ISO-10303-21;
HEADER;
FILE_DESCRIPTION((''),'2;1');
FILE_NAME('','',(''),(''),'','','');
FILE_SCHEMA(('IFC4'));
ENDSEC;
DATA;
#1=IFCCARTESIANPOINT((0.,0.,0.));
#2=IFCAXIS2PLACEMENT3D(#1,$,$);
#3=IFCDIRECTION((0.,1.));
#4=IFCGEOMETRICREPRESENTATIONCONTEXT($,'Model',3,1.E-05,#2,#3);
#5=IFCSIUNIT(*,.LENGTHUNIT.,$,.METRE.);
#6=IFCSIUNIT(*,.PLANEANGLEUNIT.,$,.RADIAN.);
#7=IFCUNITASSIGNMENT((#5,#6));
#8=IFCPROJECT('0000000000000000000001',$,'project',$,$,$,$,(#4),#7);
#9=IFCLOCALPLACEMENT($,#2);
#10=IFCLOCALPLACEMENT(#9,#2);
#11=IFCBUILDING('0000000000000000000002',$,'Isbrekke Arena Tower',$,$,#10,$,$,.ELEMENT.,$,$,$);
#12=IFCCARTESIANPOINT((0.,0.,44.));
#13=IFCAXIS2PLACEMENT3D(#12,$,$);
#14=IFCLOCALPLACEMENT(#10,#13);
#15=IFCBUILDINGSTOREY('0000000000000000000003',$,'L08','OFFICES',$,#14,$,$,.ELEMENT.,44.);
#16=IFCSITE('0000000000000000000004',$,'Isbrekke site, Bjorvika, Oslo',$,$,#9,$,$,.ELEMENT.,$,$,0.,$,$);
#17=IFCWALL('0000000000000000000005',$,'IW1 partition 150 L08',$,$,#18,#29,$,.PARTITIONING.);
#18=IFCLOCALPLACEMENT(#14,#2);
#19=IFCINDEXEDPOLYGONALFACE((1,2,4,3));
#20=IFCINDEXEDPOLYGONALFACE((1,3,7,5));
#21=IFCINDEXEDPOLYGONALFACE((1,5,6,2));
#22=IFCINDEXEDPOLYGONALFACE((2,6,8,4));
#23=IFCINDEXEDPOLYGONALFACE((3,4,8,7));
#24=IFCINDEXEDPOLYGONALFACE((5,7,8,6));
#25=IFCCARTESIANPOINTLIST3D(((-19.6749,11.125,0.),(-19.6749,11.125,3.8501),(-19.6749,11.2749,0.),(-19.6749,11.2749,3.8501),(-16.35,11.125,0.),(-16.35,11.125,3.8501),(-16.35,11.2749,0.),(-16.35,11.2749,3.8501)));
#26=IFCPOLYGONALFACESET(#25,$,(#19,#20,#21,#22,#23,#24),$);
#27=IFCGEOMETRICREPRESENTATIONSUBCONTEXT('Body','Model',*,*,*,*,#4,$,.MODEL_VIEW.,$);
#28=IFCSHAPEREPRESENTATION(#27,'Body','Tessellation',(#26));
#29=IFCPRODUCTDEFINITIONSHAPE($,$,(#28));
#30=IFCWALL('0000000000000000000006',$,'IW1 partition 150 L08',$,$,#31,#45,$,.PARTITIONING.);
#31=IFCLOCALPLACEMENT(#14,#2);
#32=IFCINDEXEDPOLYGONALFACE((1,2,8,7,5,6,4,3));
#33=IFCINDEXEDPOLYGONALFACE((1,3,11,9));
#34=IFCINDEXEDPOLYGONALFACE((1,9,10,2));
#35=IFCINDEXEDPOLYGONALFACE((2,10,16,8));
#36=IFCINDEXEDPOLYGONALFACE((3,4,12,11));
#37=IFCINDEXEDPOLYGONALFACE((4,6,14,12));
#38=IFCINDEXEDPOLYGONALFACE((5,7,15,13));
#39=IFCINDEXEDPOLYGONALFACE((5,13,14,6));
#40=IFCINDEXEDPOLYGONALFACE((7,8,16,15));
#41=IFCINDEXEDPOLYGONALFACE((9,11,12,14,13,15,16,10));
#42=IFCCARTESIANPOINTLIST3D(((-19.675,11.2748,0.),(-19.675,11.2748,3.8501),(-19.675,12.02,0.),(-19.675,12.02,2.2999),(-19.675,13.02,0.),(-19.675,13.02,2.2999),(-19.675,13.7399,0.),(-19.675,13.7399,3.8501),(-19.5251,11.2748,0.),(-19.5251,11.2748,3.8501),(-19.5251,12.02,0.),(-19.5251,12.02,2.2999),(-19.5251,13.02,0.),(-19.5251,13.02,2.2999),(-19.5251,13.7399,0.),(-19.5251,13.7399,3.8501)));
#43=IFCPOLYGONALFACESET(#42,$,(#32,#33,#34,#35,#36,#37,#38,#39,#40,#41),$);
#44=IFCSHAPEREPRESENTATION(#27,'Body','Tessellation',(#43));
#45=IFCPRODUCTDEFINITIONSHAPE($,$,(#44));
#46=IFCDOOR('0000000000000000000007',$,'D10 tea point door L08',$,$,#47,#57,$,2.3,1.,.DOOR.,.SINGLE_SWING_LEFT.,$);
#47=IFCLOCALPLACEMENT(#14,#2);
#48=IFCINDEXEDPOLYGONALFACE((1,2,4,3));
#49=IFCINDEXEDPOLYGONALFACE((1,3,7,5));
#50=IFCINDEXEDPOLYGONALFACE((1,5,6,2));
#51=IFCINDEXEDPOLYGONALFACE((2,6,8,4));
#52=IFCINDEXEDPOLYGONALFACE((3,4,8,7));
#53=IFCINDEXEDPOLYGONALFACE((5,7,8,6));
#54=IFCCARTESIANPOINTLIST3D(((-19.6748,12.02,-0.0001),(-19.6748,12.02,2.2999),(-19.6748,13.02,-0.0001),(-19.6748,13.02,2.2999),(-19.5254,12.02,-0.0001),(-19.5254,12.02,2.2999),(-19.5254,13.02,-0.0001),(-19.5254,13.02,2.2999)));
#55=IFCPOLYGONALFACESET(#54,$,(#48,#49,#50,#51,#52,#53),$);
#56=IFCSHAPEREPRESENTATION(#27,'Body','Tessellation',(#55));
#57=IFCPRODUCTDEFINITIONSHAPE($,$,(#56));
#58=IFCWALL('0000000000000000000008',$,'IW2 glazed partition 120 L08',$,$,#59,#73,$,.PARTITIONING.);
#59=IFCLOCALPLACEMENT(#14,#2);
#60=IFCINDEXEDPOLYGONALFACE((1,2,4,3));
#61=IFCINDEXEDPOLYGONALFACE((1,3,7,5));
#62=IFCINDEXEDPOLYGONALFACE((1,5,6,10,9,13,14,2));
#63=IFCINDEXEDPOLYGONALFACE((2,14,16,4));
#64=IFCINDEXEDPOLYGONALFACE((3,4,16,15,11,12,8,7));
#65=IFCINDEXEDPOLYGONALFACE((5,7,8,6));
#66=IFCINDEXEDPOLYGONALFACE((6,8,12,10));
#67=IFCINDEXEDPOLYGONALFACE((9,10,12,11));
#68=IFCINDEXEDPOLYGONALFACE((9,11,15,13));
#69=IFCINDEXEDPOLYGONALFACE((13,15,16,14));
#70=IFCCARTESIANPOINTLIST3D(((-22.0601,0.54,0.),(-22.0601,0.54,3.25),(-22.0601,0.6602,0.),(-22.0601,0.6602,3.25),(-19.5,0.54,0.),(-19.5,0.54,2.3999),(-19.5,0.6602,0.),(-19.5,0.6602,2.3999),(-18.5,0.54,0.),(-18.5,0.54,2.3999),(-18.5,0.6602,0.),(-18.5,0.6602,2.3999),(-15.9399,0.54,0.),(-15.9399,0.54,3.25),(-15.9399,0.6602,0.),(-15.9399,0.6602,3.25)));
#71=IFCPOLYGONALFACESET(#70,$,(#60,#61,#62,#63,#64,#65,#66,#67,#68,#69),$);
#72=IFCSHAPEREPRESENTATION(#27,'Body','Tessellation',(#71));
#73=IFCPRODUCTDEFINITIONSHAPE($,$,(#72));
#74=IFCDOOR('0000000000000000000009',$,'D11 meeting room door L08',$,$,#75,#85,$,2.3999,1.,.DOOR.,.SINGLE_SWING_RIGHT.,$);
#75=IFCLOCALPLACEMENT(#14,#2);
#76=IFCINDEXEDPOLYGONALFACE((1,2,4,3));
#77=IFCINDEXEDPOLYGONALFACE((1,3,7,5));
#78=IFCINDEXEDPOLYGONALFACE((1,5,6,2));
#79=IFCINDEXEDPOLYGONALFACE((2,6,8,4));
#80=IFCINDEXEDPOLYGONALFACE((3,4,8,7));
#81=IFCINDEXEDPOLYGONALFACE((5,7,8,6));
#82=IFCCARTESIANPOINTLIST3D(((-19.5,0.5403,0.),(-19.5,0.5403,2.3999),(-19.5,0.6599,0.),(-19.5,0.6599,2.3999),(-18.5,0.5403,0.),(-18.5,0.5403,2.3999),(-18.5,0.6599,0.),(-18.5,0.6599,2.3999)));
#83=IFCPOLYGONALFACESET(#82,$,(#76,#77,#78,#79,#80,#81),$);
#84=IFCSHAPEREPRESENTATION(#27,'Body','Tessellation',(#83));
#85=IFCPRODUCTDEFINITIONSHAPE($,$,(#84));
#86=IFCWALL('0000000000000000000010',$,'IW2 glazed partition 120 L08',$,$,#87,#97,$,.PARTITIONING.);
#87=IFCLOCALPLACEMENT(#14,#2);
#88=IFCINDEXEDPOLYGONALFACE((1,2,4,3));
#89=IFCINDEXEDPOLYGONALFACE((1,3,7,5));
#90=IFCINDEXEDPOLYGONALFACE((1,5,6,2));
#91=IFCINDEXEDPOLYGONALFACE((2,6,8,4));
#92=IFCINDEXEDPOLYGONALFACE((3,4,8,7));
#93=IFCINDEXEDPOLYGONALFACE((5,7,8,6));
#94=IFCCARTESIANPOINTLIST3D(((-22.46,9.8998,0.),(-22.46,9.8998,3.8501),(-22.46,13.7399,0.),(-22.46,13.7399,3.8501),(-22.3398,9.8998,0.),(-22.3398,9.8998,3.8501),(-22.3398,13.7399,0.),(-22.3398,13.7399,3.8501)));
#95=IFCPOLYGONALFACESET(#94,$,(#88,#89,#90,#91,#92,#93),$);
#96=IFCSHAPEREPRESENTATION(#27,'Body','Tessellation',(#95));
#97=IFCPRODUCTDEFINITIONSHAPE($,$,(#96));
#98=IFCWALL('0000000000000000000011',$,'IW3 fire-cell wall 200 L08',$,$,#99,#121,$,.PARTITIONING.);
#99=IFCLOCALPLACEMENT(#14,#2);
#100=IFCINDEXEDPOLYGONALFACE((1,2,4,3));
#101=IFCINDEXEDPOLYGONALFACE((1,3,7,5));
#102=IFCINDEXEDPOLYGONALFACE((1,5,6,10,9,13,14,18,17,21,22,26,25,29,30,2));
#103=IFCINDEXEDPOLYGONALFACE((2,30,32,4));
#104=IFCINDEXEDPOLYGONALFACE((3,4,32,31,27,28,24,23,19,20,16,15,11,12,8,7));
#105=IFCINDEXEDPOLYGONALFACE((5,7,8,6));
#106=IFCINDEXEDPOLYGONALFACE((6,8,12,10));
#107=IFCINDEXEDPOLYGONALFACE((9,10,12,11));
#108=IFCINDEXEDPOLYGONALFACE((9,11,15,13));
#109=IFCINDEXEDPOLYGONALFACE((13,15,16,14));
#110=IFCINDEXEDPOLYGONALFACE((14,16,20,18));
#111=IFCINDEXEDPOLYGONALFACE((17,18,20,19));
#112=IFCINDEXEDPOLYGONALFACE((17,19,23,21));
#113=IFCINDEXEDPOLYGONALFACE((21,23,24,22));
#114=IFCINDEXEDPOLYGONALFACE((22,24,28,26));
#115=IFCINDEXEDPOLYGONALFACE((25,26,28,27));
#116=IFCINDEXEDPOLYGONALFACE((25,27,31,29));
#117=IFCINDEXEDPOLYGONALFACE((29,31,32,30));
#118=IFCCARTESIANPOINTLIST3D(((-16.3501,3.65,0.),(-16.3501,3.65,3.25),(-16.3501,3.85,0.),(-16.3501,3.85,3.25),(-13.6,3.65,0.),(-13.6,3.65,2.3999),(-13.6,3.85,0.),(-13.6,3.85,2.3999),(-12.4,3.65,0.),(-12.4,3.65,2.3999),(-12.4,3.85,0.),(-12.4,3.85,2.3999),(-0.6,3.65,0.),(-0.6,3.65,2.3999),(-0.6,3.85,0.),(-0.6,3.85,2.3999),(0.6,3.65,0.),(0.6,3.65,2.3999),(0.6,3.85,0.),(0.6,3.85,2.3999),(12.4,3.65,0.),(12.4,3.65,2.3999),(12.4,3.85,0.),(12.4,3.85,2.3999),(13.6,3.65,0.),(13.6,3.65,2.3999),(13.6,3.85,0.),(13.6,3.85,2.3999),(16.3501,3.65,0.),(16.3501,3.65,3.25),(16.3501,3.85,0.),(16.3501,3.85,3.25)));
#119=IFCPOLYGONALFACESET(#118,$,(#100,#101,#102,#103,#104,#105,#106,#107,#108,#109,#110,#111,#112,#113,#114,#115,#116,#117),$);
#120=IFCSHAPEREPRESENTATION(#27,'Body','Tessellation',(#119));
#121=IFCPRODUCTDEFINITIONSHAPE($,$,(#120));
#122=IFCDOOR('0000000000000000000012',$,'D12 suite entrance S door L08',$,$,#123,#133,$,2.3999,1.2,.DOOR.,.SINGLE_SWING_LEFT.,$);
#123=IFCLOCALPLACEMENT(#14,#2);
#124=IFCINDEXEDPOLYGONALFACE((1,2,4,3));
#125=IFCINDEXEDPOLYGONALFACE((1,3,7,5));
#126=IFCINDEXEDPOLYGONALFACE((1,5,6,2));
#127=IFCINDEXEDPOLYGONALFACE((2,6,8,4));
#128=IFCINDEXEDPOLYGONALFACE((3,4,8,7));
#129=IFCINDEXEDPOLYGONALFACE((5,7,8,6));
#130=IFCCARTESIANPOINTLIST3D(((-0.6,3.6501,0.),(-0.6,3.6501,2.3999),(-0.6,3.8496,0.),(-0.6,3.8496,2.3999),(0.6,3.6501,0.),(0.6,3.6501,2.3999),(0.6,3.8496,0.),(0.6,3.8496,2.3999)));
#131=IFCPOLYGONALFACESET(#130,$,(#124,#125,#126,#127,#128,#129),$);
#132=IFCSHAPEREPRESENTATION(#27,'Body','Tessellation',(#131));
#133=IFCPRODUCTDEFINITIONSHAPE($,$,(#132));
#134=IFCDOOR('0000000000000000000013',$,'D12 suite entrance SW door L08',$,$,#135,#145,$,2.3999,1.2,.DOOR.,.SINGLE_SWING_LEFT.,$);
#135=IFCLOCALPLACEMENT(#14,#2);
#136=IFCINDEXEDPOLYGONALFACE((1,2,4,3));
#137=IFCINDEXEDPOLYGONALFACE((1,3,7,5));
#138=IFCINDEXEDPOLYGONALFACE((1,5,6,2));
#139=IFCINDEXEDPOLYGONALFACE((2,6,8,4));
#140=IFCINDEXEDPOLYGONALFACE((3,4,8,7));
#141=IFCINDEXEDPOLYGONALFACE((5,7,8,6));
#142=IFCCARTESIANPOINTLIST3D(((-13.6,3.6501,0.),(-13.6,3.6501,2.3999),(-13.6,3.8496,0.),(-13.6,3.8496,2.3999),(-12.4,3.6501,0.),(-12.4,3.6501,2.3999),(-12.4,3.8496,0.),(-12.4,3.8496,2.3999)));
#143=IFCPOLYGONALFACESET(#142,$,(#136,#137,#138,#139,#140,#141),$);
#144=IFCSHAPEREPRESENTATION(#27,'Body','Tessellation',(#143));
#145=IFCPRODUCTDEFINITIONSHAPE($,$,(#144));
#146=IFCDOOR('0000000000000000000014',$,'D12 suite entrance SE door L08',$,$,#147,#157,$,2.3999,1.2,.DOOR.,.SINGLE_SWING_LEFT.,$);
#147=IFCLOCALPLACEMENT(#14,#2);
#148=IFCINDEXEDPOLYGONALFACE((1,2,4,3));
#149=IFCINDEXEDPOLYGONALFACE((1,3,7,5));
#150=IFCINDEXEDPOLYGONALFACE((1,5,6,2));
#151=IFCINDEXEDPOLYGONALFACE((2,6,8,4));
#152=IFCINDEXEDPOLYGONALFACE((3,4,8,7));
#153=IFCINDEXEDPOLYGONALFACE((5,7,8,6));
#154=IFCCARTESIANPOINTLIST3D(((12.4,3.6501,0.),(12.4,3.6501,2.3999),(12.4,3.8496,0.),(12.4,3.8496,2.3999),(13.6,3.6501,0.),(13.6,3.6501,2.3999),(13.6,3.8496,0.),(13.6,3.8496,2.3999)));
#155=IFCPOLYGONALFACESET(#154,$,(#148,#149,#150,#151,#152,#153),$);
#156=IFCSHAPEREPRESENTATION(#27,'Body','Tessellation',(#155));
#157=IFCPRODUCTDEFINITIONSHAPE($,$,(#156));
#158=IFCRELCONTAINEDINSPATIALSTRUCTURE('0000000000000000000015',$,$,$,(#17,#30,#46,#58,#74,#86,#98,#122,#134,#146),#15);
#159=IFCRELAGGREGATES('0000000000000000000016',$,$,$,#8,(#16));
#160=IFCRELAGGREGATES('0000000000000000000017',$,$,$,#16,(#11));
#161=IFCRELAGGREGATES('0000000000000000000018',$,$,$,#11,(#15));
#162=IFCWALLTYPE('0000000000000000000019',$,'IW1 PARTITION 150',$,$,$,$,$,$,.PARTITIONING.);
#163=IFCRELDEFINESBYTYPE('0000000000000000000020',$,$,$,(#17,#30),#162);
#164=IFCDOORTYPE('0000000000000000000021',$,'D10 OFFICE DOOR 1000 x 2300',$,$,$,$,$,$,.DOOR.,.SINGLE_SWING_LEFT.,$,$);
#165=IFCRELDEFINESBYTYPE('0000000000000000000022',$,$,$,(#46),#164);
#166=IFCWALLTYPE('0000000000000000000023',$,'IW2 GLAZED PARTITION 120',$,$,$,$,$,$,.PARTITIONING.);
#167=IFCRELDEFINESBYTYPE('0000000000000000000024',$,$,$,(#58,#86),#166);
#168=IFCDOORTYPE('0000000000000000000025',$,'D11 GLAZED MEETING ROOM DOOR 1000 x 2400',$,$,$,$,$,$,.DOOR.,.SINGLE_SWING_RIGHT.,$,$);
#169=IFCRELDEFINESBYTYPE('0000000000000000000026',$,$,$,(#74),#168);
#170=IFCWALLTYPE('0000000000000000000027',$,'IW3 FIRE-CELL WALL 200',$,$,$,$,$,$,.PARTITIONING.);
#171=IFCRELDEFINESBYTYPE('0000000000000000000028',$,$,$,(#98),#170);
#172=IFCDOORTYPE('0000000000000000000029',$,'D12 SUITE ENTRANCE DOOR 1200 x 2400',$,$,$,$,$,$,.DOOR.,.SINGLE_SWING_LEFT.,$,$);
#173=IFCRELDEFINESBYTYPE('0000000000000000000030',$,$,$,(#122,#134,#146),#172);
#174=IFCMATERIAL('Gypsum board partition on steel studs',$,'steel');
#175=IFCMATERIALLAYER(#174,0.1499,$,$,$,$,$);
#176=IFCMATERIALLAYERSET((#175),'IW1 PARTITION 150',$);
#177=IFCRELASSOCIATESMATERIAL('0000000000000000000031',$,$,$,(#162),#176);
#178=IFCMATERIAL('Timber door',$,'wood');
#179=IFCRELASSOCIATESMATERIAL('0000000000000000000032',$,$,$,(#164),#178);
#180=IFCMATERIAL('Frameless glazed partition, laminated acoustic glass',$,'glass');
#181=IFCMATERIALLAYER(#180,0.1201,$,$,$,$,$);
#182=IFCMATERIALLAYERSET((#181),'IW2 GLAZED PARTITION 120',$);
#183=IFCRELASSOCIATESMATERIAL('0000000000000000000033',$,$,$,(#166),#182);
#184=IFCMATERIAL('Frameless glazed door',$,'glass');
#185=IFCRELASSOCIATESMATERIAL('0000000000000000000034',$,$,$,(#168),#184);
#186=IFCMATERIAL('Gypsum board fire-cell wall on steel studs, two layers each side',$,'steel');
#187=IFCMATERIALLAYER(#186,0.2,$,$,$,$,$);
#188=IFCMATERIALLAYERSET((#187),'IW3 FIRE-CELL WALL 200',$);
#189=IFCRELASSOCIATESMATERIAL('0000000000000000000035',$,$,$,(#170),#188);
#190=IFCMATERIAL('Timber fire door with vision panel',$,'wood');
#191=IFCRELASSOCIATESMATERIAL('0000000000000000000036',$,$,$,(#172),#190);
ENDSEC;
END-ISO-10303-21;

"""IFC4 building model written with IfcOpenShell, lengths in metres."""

from ifc_helpers import new_model, si_unit, direction, frame, frame_2d, origin, place, context, subcontext, project, spatial, rectangle, extrude, material, layer, layer_set, type_object, element, fill, save


model = new_model("IFC4")

# Units and contexts
model_context = context("Model", 3, precision=1e-05, world=origin(), true_north=direction((0.0, 1.0)))
body_context = subcontext(model_context, "Body", "Model", "MODEL_VIEW")
ifc_project = project(units=[si_unit("LENGTHUNIT", "METRE"), si_unit("PLANEANGLEUNIT", "RADIAN")], contexts=[model_context])

# Site, building, storey
site_placement = place(None, origin())
site = spatial("IfcSite", under=ifc_project, at=site_placement, Name="Isbrekke site, Bjorvika, Oslo", CompositionType="ELEMENT", RefElevation=0.0)
building_placement = place(site_placement, origin())
building = spatial("IfcBuilding", under=site, at=building_placement, Name="Isbrekke Arena Tower", CompositionType="ELEMENT")
storey_placement = place(building_placement, frame((0.0, 0.0, 44.0)))
storey = spatial("IfcBuildingStorey", under=building, at=storey_placement, Name="L08", Description="OFFICES", CompositionType="ELEMENT", Elevation=44.0)

# Wall
ifc_material_1 = material(Name="Gypsum board partition on steel studs", Category="steel")
ifc_layer_1 = layer(ifc_material_1, 0.1499)
ifc_layer_set_1 = layer_set([ifc_layer_1], Name="IW1 PARTITION 150")
wall_type_1 = type_object("IfcWallType", Name="IW1 PARTITION 150", PredefinedType="PARTITIONING", material=ifc_layer_set_1)
wall_1_placement = place(storey_placement, frame((-19.675, 11.2, 0.0), z_axis=(0.0, 0.0, 1.0), x_axis=(1.0, 0.0, 0.0)))
element("IfcWall", 1, at=wall_1_placement, inside=storey, type_object=wall_type_1, Name="IW1 partition 150 L08", PredefinedType="PARTITIONING", context=body_context, shape_type="SweptSolid", body=[
    extrude(rectangle(XDim=3.325, YDim=0.1499, at=frame_2d((1.6626, 0.0))), origin(), (0.0, 0.0, 1.0), 3.8501),
])

# Walls, openings, doors
wall_2_placement = place(storey_placement, frame((-19.6001, 11.2749, 0.0), z_axis=(0.0, 0.0, 1.0), x_axis=(0.0, 1.0, 0.0)))
wall_2 = element("IfcWall", 2, at=wall_2_placement, inside=storey, type_object=wall_type_1, Name="IW1 partition 150 L08", PredefinedType="PARTITIONING", context=body_context, shape_type="SweptSolid", body=[
    extrude(rectangle(XDim=2.4651, YDim=0.1499, at=frame_2d((1.2324, 0.0))), origin(), (0.0, 0.0, 1.0), 3.8501),
])
opening_1_placement = place(wall_2_placement, frame((0.7451, 0.0, 0.0)))
opening_1 = element("IfcOpeningElement", 3, at=opening_1_placement, cuts=wall_2, PredefinedType="OPENING", context=body_context, shape_type="SweptSolid", body=[
    extrude(rectangle(XDim=1.0, YDim=2.3, at=frame_2d((0.5, 1.1499))), frame((0.0, 0.0898, 0.0), z_axis=(0.0, -1.0, 0.0), x_axis=(1.0, 0.0, 0.0)), (0.0, 0.0, 1.0), 0.1797),
])
ifc_material_2 = material(Name="Timber door", Category="wood")
door_type_1 = type_object("IfcDoorType", Name="D10 OFFICE DOOR 1000 x 2300", OperationType="SINGLE_SWING_LEFT", PredefinedType="DOOR", material=ifc_material_2)
door_1_placement = place(opening_1_placement, origin())
door_1 = element("IfcDoor", 4, at=door_1_placement, inside=storey, type_object=door_type_1, Name="D10 tea point door L08", OperationType="SINGLE_SWING_LEFT", OverallHeight=2.3, OverallWidth=1.0, PredefinedType="DOOR", context=body_context, shape_type="SweptSolid", body=[
    extrude(rectangle(XDim=1.0, YDim=2.3, at=frame_2d((0.5, 1.1499))), frame((0.0, 0.0747, 0.0), z_axis=(0.0, -1.0, 0.0), x_axis=(1.0, 0.0, 0.0)), (0.0, 0.0, 1.0), 0.1494),
])
fill(opening_1, door_1)
ifc_material_3 = material(Name="Frameless glazed partition, laminated acoustic glass", Category="glass")
ifc_layer_2 = layer(ifc_material_3, 0.1201)
ifc_layer_set_2 = layer_set([ifc_layer_2], Name="IW2 GLAZED PARTITION 120")
wall_type_2 = type_object("IfcWallType", Name="IW2 GLAZED PARTITION 120", PredefinedType="PARTITIONING", material=ifc_layer_set_2)
wall_3_placement = place(storey_placement, frame((-22.0601, 0.6001, 0.0), z_axis=(0.0, 0.0, 1.0), x_axis=(1.0, 0.0, 0.0)))
wall_3 = element("IfcWall", 5, at=wall_3_placement, inside=storey, type_object=wall_type_2, Name="IW2 glazed partition 120 L08", PredefinedType="PARTITIONING", context=body_context, shape_type="SweptSolid", body=[
    extrude(rectangle(XDim=6.1201, YDim=0.1201, at=frame_2d((3.0601, 0.0))), origin(), (0.0, 0.0, 1.0), 3.25),
])
opening_2_placement = place(wall_3_placement, frame((2.5601, 0.0, 0.0)))
opening_2 = element("IfcOpeningElement", 6, at=opening_2_placement, cuts=wall_3, PredefinedType="OPENING", context=body_context, shape_type="SweptSolid", body=[
    extrude(rectangle(XDim=1.0, YDim=2.3999, at=frame_2d((0.5, 1.2))), frame((0.0, 0.075, 0.0), z_axis=(0.0, -1.0, 0.0), x_axis=(1.0, 0.0, 0.0)), (0.0, 0.0, 1.0), 0.1499),
])
ifc_material_4 = material(Name="Frameless glazed door", Category="glass")
door_type_2 = type_object("IfcDoorType", Name="D11 GLAZED MEETING ROOM DOOR 1000 x 2400", OperationType="SINGLE_SWING_RIGHT", PredefinedType="DOOR", material=ifc_material_4)
door_2_placement = place(opening_2_placement, origin())
door_2 = element("IfcDoor", 7, at=door_2_placement, inside=storey, type_object=door_type_2, Name="D11 meeting room door L08", OperationType="SINGLE_SWING_RIGHT", OverallHeight=2.3999, OverallWidth=1.0, PredefinedType="DOOR", context=body_context, shape_type="SweptSolid", body=[
    extrude(rectangle(XDim=1.0, YDim=2.3999, at=frame_2d((0.5, 1.2))), frame((0.0, 0.0598, 0.0), z_axis=(0.0, -1.0, 0.0), x_axis=(1.0, 0.0, 0.0)), (0.0, 0.0, 1.0), 0.1196),
])
fill(opening_2, door_2)

# Wall
wall_4_placement = place(storey_placement, frame((-22.3999, 9.8999, 0.0), z_axis=(0.0, 0.0, 1.0), x_axis=(0.0, 1.0, 0.0)))
element("IfcWall", 8, at=wall_4_placement, inside=storey, type_object=wall_type_2, Name="IW2 glazed partition 120 L08", PredefinedType="PARTITIONING", context=body_context, shape_type="SweptSolid", body=[
    extrude(rectangle(XDim=3.8401, YDim=0.1201, at=frame_2d((1.9199, 0.0))), origin(), (0.0, 0.0, 1.0), 3.8501),
])

# Wall, openings, doors
ifc_material_5 = material(Name="Gypsum board fire-cell wall on steel studs, two layers each side", Category="steel")
ifc_layer_3 = layer(ifc_material_5, 0.2)
ifc_layer_set_3 = layer_set([ifc_layer_3], Name="IW3 FIRE-CELL WALL 200")
wall_type_3 = type_object("IfcWallType", Name="IW3 FIRE-CELL WALL 200", PredefinedType="PARTITIONING", material=ifc_layer_set_3)
wall_5_placement = place(storey_placement, frame((-16.3501, 3.75, 0.0), z_axis=(0.0, 0.0, 1.0), x_axis=(1.0, 0.0, 0.0)))
wall_5 = element("IfcWall", 9, at=wall_5_placement, inside=storey, type_object=wall_type_3, Name="IW3 fire-cell wall 200 L08", PredefinedType="PARTITIONING", context=body_context, shape_type="SweptSolid", body=[
    extrude(rectangle(XDim=32.7002, YDim=0.2, at=frame_2d((16.3501, 0.0))), origin(), (0.0, 0.0, 1.0), 3.25),
])
opening_3_placement = place(wall_5_placement, frame((15.75, 0.0, 0.0)))
opening_3 = element("IfcOpeningElement", 10, at=opening_3_placement, cuts=wall_5, PredefinedType="OPENING", context=body_context, shape_type="SweptSolid", body=[
    extrude(rectangle(XDim=1.2, YDim=2.3999, at=frame_2d((0.6001, 1.2))), frame((0.0, 0.1147, 0.0), z_axis=(0.0, -1.0, 0.0), x_axis=(1.0, 0.0, 0.0)), (0.0, 0.0, 1.0), 0.2297),
])
opening_4_placement = place(wall_5_placement, frame((2.75, 0.0, 0.0)))
opening_4 = element("IfcOpeningElement", 11, at=opening_4_placement, cuts=wall_5, PredefinedType="OPENING", context=body_context, shape_type="SweptSolid", body=[
    extrude(rectangle(XDim=1.2, YDim=2.3999, at=frame_2d((0.6001, 1.2))), frame((0.0, 0.1147, 0.0), z_axis=(0.0, -1.0, 0.0), x_axis=(1.0, 0.0, 0.0)), (0.0, 0.0, 1.0), 0.2297),
])
opening_5_placement = place(wall_5_placement, frame((28.75, 0.0, 0.0)))
opening_5 = element("IfcOpeningElement", 12, at=opening_5_placement, cuts=wall_5, PredefinedType="OPENING", context=body_context, shape_type="SweptSolid", body=[
    extrude(rectangle(XDim=1.2, YDim=2.3999, at=frame_2d((0.6001, 1.2))), frame((0.0, 0.1147, 0.0), z_axis=(0.0, -1.0, 0.0), x_axis=(1.0, 0.0, 0.0)), (0.0, 0.0, 1.0), 0.2297),
])
ifc_material_6 = material(Name="Timber fire door with vision panel", Category="wood")
door_type_3 = type_object("IfcDoorType", Name="D12 SUITE ENTRANCE DOOR 1200 x 2400", OperationType="SINGLE_SWING_LEFT", PredefinedType="DOOR", material=ifc_material_6)
door_3_placement = place(opening_3_placement, origin())
door_3 = element("IfcDoor", 13, at=door_3_placement, inside=storey, type_object=door_type_3, Name="D12 suite entrance S door L08", OperationType="SINGLE_SWING_LEFT", OverallHeight=2.3999, OverallWidth=1.2, PredefinedType="DOOR", context=body_context, shape_type="SweptSolid", body=[
    extrude(rectangle(XDim=1.2, YDim=2.3999, at=frame_2d((0.6001, 1.2))), frame((0.0, 0.0996, 0.0), z_axis=(0.0, -1.0, 0.0), x_axis=(1.0, 0.0, 0.0)), (0.0, 0.0, 1.0), 0.1995),
])
fill(opening_3, door_3)
door_4_placement = place(opening_4_placement, origin())
door_4 = element("IfcDoor", 14, at=door_4_placement, inside=storey, type_object=door_type_3, Name="D12 suite entrance SW door L08", OperationType="SINGLE_SWING_LEFT", OverallHeight=2.3999, OverallWidth=1.2, PredefinedType="DOOR", context=body_context, shape_type="SweptSolid", body=[
    extrude(rectangle(XDim=1.2, YDim=2.3999, at=frame_2d((0.6001, 1.2))), frame((0.0, 0.0996, 0.0), z_axis=(0.0, -1.0, 0.0), x_axis=(1.0, 0.0, 0.0)), (0.0, 0.0, 1.0), 0.1995),
])
fill(opening_4, door_4)
door_5_placement = place(opening_5_placement, origin())
door_5 = element("IfcDoor", 15, at=door_5_placement, inside=storey, type_object=door_type_3, Name="D12 suite entrance SE door L08", OperationType="SINGLE_SWING_LEFT", OverallHeight=2.3999, OverallWidth=1.2, PredefinedType="DOOR", context=body_context, shape_type="SweptSolid", body=[
    extrude(rectangle(XDim=1.2, YDim=2.3999, at=frame_2d((0.6001, 1.2))), frame((0.0, 0.0996, 0.0), z_axis=(0.0, -1.0, 0.0), x_axis=(1.0, 0.0, 0.0)), (0.0, 0.0, 1.0), 0.1995),
])
fill(opening_5, door_5)

save(model, "model.ifc")
